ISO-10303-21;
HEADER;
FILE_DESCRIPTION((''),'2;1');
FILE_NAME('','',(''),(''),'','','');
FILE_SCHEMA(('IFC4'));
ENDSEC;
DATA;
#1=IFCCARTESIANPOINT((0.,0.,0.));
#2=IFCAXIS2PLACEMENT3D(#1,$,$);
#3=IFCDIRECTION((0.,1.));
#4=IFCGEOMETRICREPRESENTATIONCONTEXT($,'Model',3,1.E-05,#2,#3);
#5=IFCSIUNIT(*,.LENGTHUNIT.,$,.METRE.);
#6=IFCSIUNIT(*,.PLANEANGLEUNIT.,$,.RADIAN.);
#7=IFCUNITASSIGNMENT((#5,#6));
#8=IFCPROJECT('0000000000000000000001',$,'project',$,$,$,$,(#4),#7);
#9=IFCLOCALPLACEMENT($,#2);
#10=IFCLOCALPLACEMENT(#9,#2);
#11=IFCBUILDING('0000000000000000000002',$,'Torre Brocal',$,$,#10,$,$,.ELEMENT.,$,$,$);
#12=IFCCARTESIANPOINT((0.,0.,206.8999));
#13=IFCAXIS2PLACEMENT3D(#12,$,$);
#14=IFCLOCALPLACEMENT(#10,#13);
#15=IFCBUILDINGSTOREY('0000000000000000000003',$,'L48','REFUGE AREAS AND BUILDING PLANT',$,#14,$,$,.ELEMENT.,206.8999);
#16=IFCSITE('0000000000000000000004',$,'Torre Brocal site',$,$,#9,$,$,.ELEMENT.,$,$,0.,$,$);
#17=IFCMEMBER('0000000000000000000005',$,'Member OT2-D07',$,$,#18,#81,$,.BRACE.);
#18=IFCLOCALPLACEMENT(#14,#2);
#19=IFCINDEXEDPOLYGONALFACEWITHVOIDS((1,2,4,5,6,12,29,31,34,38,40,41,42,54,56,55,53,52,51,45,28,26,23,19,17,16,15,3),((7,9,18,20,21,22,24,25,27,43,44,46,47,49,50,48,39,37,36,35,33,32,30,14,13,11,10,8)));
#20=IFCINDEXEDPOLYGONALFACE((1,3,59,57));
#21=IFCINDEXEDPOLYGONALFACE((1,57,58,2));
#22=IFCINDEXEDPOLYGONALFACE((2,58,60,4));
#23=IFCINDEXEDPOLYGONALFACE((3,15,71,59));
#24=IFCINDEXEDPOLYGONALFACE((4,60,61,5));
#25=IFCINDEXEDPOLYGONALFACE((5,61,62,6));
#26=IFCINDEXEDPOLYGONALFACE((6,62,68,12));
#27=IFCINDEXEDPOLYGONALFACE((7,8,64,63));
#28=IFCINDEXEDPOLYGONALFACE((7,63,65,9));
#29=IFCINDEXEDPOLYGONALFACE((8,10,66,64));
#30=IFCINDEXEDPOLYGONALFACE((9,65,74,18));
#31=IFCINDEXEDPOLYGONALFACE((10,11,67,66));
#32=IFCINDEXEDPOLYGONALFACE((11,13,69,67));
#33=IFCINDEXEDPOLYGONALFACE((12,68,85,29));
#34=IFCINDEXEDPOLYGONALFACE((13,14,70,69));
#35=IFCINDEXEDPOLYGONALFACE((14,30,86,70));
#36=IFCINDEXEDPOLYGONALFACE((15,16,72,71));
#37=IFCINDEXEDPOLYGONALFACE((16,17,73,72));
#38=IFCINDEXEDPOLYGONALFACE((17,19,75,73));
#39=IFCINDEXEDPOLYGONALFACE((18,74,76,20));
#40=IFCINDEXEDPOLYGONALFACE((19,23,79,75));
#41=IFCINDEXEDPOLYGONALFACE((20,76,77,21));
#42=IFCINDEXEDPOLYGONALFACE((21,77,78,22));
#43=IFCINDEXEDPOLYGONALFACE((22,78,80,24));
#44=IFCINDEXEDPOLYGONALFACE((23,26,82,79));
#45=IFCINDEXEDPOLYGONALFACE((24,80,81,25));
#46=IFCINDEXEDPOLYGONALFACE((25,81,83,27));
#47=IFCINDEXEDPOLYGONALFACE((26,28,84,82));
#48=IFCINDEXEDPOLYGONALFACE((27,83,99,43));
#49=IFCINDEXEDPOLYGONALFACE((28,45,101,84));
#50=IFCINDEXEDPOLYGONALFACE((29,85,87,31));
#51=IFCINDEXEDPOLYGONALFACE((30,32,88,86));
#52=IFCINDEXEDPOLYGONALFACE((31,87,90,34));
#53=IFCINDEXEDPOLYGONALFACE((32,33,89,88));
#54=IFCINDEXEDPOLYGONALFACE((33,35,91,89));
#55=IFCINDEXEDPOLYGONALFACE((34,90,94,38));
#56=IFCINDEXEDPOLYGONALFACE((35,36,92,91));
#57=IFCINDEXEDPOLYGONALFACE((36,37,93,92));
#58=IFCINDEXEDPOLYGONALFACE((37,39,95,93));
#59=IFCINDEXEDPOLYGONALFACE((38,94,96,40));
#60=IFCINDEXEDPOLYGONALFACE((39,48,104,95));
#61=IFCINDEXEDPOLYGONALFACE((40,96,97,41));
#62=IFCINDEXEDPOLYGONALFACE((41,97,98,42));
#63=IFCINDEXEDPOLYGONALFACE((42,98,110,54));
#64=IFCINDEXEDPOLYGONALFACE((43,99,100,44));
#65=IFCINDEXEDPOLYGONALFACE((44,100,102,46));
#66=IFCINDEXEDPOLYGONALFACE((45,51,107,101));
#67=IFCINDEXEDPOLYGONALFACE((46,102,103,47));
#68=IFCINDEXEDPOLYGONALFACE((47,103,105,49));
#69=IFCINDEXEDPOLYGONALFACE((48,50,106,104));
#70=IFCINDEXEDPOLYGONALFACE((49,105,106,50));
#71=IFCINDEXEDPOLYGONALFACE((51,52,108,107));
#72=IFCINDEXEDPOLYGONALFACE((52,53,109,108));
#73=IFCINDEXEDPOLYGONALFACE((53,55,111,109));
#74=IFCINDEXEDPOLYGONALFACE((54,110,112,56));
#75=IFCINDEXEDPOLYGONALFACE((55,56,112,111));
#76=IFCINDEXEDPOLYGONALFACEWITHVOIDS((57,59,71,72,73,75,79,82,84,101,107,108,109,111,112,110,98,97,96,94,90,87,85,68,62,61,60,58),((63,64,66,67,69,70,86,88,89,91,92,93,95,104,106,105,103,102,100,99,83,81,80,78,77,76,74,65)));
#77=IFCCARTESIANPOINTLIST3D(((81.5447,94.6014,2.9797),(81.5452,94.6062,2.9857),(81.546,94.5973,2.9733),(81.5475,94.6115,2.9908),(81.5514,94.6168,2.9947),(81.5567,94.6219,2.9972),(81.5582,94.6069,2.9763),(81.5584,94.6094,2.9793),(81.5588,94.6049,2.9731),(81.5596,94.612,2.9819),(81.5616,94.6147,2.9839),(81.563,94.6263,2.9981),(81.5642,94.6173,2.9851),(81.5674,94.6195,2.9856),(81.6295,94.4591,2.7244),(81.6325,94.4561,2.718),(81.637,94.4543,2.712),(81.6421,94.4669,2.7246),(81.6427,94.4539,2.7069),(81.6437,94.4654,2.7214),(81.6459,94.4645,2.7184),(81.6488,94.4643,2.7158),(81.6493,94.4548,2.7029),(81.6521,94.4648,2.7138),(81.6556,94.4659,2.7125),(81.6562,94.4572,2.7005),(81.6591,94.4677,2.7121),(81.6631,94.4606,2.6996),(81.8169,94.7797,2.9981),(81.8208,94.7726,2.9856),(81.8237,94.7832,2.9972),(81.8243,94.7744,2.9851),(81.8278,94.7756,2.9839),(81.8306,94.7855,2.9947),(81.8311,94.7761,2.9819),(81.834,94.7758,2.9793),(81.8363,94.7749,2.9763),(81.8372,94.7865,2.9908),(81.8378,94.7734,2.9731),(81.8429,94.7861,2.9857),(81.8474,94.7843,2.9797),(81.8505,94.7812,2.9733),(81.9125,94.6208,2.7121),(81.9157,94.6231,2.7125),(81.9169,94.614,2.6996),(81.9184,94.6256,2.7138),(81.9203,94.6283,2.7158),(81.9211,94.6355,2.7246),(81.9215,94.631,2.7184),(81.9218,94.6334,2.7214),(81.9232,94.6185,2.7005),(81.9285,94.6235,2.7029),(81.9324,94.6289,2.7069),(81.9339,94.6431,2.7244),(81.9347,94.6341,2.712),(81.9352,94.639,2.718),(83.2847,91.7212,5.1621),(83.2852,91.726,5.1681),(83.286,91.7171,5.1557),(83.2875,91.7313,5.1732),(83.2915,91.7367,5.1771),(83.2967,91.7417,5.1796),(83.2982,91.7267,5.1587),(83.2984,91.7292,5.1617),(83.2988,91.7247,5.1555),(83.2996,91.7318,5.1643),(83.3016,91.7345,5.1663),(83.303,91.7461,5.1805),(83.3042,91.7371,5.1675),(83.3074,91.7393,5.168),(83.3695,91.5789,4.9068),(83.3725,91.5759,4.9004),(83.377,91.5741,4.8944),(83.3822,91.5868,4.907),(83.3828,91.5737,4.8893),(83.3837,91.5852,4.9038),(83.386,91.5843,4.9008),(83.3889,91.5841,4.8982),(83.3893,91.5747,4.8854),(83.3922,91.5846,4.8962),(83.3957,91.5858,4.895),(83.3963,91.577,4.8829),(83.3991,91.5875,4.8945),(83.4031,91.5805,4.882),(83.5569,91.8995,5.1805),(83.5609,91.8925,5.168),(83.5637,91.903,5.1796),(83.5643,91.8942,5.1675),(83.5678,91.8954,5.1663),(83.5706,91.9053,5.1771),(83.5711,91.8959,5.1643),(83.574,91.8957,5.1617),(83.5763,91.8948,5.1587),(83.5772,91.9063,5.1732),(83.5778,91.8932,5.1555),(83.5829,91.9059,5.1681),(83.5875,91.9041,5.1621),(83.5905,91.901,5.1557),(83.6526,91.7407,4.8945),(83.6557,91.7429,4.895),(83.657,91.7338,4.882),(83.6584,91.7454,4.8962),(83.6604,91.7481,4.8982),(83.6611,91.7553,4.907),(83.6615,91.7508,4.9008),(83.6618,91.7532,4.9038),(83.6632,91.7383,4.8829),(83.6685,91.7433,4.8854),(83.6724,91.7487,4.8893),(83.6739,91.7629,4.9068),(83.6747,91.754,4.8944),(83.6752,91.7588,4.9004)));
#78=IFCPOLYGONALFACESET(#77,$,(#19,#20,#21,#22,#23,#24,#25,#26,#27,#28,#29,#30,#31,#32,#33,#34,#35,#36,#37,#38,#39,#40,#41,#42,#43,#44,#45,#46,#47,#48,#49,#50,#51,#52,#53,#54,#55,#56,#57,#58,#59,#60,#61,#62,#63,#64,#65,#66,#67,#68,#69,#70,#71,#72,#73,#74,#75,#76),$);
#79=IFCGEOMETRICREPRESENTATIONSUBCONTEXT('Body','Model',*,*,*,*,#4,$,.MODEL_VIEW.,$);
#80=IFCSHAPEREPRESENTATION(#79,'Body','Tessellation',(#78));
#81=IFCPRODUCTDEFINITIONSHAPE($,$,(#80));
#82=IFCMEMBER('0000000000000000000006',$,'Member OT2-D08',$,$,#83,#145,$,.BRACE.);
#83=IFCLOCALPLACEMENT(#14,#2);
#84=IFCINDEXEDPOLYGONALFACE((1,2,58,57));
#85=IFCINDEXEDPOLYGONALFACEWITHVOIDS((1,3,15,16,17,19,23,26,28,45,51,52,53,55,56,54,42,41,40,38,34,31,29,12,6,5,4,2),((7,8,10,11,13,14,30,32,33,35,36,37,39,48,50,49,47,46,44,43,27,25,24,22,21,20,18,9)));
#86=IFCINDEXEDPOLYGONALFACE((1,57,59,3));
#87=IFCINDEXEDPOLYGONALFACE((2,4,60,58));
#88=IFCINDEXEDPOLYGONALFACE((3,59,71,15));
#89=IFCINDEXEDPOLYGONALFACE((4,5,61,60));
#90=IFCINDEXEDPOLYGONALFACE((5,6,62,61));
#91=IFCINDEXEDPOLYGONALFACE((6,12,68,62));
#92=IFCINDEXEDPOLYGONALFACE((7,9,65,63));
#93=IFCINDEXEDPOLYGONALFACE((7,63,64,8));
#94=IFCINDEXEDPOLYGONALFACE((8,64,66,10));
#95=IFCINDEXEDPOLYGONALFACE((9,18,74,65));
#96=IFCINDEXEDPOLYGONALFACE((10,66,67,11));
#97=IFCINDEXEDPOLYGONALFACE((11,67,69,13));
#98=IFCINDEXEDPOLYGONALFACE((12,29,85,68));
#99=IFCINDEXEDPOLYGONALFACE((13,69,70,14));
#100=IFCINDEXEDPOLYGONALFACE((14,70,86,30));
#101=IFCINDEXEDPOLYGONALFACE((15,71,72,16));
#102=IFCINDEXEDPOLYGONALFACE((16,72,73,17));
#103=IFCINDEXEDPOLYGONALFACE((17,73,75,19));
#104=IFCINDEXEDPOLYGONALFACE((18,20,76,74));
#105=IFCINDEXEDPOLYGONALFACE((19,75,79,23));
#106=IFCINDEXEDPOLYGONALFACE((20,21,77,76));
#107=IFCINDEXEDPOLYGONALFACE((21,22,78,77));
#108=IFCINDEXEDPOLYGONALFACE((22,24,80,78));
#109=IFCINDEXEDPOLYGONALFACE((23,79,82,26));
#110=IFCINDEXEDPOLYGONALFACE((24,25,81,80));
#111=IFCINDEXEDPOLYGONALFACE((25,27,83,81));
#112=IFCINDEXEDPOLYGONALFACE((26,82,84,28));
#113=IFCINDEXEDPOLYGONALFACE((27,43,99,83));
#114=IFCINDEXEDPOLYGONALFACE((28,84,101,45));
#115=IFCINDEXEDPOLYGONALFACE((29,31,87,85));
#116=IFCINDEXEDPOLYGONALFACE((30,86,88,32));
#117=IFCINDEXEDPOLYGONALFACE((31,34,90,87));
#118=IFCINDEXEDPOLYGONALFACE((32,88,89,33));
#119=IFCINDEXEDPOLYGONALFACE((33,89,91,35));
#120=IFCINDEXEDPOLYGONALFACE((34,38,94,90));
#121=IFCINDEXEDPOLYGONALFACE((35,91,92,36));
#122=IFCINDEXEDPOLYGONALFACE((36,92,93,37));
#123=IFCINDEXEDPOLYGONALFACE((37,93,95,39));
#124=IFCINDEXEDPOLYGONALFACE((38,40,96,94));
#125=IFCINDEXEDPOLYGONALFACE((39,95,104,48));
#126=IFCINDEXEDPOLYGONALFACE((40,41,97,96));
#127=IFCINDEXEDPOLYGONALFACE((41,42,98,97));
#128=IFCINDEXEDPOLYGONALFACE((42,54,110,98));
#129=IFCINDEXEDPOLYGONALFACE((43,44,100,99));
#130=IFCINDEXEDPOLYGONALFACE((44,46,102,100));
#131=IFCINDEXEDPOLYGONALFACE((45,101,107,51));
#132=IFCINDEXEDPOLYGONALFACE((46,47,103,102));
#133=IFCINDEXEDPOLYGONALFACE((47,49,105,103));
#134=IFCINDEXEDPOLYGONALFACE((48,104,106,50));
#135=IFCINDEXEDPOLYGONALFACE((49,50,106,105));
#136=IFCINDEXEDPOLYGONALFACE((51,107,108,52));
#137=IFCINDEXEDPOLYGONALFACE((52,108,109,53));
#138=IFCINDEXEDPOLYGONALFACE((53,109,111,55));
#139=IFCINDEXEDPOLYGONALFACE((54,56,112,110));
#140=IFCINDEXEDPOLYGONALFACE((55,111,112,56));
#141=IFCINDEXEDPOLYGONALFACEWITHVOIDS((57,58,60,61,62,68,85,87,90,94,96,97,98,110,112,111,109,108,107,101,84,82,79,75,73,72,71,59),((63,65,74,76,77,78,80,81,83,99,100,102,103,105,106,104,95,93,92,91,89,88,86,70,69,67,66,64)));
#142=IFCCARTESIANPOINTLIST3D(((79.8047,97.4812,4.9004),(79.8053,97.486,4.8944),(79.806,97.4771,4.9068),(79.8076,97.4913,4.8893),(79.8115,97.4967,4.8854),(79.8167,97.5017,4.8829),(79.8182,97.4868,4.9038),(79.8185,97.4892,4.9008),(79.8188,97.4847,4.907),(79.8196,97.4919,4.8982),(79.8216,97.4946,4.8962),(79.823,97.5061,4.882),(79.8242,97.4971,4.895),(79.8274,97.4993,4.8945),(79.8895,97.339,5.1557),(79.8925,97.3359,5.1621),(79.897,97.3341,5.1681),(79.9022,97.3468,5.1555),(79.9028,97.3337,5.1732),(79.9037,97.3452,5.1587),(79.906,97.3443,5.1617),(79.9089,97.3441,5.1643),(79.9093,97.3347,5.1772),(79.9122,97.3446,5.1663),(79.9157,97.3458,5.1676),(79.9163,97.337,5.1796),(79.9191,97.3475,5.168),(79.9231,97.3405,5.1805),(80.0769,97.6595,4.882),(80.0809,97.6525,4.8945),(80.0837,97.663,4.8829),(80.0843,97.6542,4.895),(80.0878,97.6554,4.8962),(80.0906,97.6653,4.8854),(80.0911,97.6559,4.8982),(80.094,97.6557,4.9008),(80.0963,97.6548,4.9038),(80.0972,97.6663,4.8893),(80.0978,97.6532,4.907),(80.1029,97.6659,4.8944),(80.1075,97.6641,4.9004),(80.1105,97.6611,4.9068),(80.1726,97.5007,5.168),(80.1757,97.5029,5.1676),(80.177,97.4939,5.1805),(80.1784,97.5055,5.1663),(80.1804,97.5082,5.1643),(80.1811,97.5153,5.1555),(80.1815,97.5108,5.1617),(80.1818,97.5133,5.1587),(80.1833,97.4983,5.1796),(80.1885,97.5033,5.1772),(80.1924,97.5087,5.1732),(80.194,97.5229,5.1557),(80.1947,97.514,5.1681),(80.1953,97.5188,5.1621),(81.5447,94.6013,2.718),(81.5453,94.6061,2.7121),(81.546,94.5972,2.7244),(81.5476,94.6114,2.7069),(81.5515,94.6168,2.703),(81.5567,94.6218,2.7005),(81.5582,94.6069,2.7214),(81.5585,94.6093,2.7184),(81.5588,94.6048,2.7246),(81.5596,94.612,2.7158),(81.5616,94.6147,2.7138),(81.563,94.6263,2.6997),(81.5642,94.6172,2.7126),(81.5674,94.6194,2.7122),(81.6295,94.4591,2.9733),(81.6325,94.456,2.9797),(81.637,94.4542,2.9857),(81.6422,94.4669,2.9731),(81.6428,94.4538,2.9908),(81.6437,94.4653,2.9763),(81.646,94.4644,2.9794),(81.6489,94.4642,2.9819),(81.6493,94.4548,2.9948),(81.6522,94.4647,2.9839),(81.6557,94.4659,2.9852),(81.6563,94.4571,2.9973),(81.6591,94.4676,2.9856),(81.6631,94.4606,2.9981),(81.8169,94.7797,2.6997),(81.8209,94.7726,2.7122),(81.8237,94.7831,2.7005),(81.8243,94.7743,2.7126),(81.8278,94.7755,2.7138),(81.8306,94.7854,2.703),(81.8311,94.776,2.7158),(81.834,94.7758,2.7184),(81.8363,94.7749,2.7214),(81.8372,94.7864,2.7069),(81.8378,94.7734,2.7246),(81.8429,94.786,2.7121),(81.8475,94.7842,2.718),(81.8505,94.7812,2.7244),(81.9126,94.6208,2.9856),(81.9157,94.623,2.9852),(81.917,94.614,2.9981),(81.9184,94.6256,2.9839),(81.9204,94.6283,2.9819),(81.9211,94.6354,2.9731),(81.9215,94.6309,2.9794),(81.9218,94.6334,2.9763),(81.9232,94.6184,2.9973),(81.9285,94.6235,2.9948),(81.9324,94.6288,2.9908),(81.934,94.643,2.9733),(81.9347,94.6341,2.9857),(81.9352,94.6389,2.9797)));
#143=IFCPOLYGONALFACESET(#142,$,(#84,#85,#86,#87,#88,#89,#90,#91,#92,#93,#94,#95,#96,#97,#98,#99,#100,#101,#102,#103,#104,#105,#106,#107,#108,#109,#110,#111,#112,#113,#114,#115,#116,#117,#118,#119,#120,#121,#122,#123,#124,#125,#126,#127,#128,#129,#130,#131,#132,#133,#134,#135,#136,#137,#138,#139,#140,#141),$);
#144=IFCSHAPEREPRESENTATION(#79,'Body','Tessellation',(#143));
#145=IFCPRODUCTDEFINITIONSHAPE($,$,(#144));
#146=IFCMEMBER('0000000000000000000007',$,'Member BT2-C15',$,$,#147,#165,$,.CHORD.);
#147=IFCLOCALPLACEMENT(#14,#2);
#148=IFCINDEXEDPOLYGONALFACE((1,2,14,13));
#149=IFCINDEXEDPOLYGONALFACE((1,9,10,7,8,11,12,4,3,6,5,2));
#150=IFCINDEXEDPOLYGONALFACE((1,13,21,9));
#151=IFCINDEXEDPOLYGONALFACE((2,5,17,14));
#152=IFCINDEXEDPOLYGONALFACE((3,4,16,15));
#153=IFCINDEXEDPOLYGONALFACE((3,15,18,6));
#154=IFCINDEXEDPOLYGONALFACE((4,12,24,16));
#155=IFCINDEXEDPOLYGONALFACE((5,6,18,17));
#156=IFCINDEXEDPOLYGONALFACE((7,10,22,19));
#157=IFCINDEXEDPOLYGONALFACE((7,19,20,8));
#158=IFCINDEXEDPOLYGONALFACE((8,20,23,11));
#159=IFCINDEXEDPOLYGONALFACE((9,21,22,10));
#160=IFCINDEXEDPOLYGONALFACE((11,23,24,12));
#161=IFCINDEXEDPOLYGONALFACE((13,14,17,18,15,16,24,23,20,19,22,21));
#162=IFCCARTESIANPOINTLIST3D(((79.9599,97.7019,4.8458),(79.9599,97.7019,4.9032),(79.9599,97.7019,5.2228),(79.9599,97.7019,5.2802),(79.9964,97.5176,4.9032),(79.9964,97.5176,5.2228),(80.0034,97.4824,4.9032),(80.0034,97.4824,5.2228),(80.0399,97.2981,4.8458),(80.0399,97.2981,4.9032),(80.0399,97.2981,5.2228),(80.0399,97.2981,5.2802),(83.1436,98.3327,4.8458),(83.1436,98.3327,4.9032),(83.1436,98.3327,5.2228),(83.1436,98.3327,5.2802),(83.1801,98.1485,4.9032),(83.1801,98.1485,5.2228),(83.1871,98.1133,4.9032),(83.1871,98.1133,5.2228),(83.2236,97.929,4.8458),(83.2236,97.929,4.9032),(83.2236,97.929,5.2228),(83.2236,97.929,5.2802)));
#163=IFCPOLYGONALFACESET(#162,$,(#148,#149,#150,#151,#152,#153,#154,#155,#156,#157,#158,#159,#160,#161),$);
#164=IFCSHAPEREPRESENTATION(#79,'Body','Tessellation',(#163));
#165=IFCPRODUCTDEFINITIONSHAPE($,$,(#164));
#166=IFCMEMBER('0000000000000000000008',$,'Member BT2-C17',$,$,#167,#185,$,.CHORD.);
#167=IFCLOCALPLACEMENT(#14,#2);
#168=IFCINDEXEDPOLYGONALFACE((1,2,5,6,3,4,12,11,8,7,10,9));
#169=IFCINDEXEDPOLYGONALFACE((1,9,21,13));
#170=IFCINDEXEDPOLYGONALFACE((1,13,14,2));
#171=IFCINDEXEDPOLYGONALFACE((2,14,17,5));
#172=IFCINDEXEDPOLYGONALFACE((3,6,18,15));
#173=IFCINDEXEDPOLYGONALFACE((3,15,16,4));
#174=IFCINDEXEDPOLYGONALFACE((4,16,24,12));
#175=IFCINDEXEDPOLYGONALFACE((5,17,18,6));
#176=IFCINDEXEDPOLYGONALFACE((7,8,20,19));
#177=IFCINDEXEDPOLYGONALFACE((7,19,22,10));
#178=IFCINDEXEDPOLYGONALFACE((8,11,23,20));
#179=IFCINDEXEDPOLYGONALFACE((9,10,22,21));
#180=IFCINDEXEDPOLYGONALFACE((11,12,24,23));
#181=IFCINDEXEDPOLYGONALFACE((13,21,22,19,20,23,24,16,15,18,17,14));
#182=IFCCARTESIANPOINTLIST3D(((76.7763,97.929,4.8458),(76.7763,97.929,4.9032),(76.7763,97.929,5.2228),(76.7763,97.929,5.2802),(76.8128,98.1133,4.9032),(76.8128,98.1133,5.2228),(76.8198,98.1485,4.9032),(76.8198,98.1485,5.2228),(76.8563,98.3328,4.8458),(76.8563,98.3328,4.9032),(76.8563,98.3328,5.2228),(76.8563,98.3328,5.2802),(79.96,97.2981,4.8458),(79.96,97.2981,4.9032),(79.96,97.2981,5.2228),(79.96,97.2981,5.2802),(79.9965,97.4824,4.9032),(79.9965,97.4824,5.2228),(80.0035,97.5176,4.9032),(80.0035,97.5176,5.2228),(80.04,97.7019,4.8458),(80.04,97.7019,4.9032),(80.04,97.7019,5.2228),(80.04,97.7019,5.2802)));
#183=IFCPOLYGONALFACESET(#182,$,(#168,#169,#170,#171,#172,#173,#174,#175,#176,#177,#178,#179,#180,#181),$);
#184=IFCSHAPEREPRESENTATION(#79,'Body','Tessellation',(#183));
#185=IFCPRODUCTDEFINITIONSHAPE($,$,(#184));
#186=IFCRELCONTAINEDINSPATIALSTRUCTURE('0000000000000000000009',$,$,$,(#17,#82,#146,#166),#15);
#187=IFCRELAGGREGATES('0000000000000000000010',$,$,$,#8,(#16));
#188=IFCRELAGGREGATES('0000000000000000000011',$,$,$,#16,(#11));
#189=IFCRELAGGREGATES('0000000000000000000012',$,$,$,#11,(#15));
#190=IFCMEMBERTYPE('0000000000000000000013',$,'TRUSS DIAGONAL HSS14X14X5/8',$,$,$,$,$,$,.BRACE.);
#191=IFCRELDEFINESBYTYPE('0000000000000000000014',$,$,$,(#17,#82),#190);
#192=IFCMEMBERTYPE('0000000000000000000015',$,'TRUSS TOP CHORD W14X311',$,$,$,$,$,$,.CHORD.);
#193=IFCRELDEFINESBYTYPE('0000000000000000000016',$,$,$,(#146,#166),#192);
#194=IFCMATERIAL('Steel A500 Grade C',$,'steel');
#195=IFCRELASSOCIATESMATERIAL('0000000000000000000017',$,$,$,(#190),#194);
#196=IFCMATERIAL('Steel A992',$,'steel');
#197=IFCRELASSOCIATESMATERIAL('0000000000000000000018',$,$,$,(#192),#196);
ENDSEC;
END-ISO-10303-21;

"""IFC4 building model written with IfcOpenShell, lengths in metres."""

from ifc_helpers import new_model, si_unit, direction, frame, origin, origin_2d, place, context, subcontext, project, spatial, hollow_rectangle, i_section, extrude, material, material_profile, profile_set, type_object, element, save


model = new_model("IFC4")

# Units and contexts
model_context = context("Model", 3, precision=1e-05, world=origin(), true_north=direction((0.0, 1.0)))
body_context = subcontext(model_context, "Body", "Model", "MODEL_VIEW")
ifc_project = project(units=[si_unit("LENGTHUNIT", "METRE"), si_unit("PLANEANGLEUNIT", "RADIAN")], contexts=[model_context])

# Site, building, storey
site_placement = place(None, origin())
site = spatial("IfcSite", under=ifc_project, at=site_placement, Name="Torre Brocal site", CompositionType="ELEMENT", RefElevation=0.0)
building_placement = place(site_placement, origin())
building = spatial("IfcBuilding", under=site, at=building_placement, Name="Torre Brocal", CompositionType="ELEMENT")
storey_placement = place(building_placement, frame((0.0, 0.0, 206.8999)))
storey = spatial("IfcBuildingStorey", under=building, at=storey_placement, Name="L48", Description="REFUGE AREAS AND BUILDING PLANT", CompositionType="ELEMENT", Elevation=206.8999)

# Members
ifc_material_1 = material(Name="Steel A500 Grade C", Category="steel")
ifc_material_profile_1 = material_profile(ifc_material_1, hollow_rectangle(XDim=0.3557, YDim=0.3557, WallThickness=0.0149, InnerFilletRadius=0.0149, OuterFilletRadius=0.0295, at=origin_2d()), Name="HSS14X14X5/8")
ifc_profile_set_1 = profile_set([ifc_material_profile_1], Name="Steel A500 Grade C")
member_type_1 = type_object("IfcMemberType", Name="TRUSS DIAGONAL HSS14X14X5/8", PredefinedType="BRACE", material=ifc_profile_set_1)
member_1_placement = place(storey_placement, frame((83.48, 91.74, 5.0312), z_axis=(-0.433841, 0.718117, -0.544142), x_axis=(-0.855927, -0.517097, 0.0)))
element("IfcMember", 1, at=member_1_placement, inside=storey, type_object=member_type_1, Name="Member OT2-D07", PredefinedType="BRACE", context=body_context, shape_type="SweptSolid", body=[
    extrude(hollow_rectangle(XDim=0.3557, YDim=0.3557, WallThickness=0.0149, InnerFilletRadius=0.0149, OuterFilletRadius=0.0295, at=origin_2d()), origin(), (0.0, 0.0, 1.0), 4.0107),
])
member_2_placement = place(storey_placement, frame((81.74, 94.6201, 2.8489), z_axis=(-0.43386, 0.718087, 0.544166), x_axis=(-0.855908, -0.517129, 0.0)))
element("IfcMember", 2, at=member_2_placement, inside=storey, type_object=member_type_1, Name="Member OT2-D08", PredefinedType="BRACE", context=body_context, shape_type="SweptSolid", body=[
    extrude(hollow_rectangle(XDim=0.3557, YDim=0.3557, WallThickness=0.0149, InnerFilletRadius=0.0149, OuterFilletRadius=0.0295, at=origin_2d()), origin(), (0.0, 0.0, 1.0), 4.0105),
])
ifc_material_2 = material(Name="Steel A992", Category="steel")
ifc_material_profile_2 = material_profile(ifc_material_2, i_section(OverallWidth=0.4116, OverallDepth=0.4343, WebThickness=0.0359, FlangeThickness=0.0574, at=origin_2d()), Name="W14X311")
ifc_profile_set_2 = profile_set([ifc_material_profile_2], Name="Steel A992")
member_type_2 = type_object("IfcMemberType", Name="TRUSS TOP CHORD W14X311", PredefinedType="CHORD", material=ifc_profile_set_2)
for number, where, z_axis, x_axis, name in (
    (3, (83.1836, 98.1309, 5.063), (-0.980926, -0.19438, 0.0), (0.19438, -0.980926, 0.0), "Member BT2-C15"),
    (4, (80.0, 97.5, 5.063), (-0.980926, 0.19438, 0.0), (-0.19438, -0.980926, 0.0), "Member BT2-C17"),
):
    element("IfcMember", number, at=place(storey_placement, frame(where, z_axis=z_axis, x_axis=x_axis)), inside=storey, type_object=member_type_2, Name=name, PredefinedType="CHORD", context=body_context, shape_type="SweptSolid", body=[
        extrude(i_section(OverallWidth=0.4116, OverallDepth=0.4343, WebThickness=0.0359, FlangeThickness=0.0574, at=origin_2d()), origin(), (0.0, 0.0, 1.0), 3.2456),
    ])

save(model, "model.ifc")
